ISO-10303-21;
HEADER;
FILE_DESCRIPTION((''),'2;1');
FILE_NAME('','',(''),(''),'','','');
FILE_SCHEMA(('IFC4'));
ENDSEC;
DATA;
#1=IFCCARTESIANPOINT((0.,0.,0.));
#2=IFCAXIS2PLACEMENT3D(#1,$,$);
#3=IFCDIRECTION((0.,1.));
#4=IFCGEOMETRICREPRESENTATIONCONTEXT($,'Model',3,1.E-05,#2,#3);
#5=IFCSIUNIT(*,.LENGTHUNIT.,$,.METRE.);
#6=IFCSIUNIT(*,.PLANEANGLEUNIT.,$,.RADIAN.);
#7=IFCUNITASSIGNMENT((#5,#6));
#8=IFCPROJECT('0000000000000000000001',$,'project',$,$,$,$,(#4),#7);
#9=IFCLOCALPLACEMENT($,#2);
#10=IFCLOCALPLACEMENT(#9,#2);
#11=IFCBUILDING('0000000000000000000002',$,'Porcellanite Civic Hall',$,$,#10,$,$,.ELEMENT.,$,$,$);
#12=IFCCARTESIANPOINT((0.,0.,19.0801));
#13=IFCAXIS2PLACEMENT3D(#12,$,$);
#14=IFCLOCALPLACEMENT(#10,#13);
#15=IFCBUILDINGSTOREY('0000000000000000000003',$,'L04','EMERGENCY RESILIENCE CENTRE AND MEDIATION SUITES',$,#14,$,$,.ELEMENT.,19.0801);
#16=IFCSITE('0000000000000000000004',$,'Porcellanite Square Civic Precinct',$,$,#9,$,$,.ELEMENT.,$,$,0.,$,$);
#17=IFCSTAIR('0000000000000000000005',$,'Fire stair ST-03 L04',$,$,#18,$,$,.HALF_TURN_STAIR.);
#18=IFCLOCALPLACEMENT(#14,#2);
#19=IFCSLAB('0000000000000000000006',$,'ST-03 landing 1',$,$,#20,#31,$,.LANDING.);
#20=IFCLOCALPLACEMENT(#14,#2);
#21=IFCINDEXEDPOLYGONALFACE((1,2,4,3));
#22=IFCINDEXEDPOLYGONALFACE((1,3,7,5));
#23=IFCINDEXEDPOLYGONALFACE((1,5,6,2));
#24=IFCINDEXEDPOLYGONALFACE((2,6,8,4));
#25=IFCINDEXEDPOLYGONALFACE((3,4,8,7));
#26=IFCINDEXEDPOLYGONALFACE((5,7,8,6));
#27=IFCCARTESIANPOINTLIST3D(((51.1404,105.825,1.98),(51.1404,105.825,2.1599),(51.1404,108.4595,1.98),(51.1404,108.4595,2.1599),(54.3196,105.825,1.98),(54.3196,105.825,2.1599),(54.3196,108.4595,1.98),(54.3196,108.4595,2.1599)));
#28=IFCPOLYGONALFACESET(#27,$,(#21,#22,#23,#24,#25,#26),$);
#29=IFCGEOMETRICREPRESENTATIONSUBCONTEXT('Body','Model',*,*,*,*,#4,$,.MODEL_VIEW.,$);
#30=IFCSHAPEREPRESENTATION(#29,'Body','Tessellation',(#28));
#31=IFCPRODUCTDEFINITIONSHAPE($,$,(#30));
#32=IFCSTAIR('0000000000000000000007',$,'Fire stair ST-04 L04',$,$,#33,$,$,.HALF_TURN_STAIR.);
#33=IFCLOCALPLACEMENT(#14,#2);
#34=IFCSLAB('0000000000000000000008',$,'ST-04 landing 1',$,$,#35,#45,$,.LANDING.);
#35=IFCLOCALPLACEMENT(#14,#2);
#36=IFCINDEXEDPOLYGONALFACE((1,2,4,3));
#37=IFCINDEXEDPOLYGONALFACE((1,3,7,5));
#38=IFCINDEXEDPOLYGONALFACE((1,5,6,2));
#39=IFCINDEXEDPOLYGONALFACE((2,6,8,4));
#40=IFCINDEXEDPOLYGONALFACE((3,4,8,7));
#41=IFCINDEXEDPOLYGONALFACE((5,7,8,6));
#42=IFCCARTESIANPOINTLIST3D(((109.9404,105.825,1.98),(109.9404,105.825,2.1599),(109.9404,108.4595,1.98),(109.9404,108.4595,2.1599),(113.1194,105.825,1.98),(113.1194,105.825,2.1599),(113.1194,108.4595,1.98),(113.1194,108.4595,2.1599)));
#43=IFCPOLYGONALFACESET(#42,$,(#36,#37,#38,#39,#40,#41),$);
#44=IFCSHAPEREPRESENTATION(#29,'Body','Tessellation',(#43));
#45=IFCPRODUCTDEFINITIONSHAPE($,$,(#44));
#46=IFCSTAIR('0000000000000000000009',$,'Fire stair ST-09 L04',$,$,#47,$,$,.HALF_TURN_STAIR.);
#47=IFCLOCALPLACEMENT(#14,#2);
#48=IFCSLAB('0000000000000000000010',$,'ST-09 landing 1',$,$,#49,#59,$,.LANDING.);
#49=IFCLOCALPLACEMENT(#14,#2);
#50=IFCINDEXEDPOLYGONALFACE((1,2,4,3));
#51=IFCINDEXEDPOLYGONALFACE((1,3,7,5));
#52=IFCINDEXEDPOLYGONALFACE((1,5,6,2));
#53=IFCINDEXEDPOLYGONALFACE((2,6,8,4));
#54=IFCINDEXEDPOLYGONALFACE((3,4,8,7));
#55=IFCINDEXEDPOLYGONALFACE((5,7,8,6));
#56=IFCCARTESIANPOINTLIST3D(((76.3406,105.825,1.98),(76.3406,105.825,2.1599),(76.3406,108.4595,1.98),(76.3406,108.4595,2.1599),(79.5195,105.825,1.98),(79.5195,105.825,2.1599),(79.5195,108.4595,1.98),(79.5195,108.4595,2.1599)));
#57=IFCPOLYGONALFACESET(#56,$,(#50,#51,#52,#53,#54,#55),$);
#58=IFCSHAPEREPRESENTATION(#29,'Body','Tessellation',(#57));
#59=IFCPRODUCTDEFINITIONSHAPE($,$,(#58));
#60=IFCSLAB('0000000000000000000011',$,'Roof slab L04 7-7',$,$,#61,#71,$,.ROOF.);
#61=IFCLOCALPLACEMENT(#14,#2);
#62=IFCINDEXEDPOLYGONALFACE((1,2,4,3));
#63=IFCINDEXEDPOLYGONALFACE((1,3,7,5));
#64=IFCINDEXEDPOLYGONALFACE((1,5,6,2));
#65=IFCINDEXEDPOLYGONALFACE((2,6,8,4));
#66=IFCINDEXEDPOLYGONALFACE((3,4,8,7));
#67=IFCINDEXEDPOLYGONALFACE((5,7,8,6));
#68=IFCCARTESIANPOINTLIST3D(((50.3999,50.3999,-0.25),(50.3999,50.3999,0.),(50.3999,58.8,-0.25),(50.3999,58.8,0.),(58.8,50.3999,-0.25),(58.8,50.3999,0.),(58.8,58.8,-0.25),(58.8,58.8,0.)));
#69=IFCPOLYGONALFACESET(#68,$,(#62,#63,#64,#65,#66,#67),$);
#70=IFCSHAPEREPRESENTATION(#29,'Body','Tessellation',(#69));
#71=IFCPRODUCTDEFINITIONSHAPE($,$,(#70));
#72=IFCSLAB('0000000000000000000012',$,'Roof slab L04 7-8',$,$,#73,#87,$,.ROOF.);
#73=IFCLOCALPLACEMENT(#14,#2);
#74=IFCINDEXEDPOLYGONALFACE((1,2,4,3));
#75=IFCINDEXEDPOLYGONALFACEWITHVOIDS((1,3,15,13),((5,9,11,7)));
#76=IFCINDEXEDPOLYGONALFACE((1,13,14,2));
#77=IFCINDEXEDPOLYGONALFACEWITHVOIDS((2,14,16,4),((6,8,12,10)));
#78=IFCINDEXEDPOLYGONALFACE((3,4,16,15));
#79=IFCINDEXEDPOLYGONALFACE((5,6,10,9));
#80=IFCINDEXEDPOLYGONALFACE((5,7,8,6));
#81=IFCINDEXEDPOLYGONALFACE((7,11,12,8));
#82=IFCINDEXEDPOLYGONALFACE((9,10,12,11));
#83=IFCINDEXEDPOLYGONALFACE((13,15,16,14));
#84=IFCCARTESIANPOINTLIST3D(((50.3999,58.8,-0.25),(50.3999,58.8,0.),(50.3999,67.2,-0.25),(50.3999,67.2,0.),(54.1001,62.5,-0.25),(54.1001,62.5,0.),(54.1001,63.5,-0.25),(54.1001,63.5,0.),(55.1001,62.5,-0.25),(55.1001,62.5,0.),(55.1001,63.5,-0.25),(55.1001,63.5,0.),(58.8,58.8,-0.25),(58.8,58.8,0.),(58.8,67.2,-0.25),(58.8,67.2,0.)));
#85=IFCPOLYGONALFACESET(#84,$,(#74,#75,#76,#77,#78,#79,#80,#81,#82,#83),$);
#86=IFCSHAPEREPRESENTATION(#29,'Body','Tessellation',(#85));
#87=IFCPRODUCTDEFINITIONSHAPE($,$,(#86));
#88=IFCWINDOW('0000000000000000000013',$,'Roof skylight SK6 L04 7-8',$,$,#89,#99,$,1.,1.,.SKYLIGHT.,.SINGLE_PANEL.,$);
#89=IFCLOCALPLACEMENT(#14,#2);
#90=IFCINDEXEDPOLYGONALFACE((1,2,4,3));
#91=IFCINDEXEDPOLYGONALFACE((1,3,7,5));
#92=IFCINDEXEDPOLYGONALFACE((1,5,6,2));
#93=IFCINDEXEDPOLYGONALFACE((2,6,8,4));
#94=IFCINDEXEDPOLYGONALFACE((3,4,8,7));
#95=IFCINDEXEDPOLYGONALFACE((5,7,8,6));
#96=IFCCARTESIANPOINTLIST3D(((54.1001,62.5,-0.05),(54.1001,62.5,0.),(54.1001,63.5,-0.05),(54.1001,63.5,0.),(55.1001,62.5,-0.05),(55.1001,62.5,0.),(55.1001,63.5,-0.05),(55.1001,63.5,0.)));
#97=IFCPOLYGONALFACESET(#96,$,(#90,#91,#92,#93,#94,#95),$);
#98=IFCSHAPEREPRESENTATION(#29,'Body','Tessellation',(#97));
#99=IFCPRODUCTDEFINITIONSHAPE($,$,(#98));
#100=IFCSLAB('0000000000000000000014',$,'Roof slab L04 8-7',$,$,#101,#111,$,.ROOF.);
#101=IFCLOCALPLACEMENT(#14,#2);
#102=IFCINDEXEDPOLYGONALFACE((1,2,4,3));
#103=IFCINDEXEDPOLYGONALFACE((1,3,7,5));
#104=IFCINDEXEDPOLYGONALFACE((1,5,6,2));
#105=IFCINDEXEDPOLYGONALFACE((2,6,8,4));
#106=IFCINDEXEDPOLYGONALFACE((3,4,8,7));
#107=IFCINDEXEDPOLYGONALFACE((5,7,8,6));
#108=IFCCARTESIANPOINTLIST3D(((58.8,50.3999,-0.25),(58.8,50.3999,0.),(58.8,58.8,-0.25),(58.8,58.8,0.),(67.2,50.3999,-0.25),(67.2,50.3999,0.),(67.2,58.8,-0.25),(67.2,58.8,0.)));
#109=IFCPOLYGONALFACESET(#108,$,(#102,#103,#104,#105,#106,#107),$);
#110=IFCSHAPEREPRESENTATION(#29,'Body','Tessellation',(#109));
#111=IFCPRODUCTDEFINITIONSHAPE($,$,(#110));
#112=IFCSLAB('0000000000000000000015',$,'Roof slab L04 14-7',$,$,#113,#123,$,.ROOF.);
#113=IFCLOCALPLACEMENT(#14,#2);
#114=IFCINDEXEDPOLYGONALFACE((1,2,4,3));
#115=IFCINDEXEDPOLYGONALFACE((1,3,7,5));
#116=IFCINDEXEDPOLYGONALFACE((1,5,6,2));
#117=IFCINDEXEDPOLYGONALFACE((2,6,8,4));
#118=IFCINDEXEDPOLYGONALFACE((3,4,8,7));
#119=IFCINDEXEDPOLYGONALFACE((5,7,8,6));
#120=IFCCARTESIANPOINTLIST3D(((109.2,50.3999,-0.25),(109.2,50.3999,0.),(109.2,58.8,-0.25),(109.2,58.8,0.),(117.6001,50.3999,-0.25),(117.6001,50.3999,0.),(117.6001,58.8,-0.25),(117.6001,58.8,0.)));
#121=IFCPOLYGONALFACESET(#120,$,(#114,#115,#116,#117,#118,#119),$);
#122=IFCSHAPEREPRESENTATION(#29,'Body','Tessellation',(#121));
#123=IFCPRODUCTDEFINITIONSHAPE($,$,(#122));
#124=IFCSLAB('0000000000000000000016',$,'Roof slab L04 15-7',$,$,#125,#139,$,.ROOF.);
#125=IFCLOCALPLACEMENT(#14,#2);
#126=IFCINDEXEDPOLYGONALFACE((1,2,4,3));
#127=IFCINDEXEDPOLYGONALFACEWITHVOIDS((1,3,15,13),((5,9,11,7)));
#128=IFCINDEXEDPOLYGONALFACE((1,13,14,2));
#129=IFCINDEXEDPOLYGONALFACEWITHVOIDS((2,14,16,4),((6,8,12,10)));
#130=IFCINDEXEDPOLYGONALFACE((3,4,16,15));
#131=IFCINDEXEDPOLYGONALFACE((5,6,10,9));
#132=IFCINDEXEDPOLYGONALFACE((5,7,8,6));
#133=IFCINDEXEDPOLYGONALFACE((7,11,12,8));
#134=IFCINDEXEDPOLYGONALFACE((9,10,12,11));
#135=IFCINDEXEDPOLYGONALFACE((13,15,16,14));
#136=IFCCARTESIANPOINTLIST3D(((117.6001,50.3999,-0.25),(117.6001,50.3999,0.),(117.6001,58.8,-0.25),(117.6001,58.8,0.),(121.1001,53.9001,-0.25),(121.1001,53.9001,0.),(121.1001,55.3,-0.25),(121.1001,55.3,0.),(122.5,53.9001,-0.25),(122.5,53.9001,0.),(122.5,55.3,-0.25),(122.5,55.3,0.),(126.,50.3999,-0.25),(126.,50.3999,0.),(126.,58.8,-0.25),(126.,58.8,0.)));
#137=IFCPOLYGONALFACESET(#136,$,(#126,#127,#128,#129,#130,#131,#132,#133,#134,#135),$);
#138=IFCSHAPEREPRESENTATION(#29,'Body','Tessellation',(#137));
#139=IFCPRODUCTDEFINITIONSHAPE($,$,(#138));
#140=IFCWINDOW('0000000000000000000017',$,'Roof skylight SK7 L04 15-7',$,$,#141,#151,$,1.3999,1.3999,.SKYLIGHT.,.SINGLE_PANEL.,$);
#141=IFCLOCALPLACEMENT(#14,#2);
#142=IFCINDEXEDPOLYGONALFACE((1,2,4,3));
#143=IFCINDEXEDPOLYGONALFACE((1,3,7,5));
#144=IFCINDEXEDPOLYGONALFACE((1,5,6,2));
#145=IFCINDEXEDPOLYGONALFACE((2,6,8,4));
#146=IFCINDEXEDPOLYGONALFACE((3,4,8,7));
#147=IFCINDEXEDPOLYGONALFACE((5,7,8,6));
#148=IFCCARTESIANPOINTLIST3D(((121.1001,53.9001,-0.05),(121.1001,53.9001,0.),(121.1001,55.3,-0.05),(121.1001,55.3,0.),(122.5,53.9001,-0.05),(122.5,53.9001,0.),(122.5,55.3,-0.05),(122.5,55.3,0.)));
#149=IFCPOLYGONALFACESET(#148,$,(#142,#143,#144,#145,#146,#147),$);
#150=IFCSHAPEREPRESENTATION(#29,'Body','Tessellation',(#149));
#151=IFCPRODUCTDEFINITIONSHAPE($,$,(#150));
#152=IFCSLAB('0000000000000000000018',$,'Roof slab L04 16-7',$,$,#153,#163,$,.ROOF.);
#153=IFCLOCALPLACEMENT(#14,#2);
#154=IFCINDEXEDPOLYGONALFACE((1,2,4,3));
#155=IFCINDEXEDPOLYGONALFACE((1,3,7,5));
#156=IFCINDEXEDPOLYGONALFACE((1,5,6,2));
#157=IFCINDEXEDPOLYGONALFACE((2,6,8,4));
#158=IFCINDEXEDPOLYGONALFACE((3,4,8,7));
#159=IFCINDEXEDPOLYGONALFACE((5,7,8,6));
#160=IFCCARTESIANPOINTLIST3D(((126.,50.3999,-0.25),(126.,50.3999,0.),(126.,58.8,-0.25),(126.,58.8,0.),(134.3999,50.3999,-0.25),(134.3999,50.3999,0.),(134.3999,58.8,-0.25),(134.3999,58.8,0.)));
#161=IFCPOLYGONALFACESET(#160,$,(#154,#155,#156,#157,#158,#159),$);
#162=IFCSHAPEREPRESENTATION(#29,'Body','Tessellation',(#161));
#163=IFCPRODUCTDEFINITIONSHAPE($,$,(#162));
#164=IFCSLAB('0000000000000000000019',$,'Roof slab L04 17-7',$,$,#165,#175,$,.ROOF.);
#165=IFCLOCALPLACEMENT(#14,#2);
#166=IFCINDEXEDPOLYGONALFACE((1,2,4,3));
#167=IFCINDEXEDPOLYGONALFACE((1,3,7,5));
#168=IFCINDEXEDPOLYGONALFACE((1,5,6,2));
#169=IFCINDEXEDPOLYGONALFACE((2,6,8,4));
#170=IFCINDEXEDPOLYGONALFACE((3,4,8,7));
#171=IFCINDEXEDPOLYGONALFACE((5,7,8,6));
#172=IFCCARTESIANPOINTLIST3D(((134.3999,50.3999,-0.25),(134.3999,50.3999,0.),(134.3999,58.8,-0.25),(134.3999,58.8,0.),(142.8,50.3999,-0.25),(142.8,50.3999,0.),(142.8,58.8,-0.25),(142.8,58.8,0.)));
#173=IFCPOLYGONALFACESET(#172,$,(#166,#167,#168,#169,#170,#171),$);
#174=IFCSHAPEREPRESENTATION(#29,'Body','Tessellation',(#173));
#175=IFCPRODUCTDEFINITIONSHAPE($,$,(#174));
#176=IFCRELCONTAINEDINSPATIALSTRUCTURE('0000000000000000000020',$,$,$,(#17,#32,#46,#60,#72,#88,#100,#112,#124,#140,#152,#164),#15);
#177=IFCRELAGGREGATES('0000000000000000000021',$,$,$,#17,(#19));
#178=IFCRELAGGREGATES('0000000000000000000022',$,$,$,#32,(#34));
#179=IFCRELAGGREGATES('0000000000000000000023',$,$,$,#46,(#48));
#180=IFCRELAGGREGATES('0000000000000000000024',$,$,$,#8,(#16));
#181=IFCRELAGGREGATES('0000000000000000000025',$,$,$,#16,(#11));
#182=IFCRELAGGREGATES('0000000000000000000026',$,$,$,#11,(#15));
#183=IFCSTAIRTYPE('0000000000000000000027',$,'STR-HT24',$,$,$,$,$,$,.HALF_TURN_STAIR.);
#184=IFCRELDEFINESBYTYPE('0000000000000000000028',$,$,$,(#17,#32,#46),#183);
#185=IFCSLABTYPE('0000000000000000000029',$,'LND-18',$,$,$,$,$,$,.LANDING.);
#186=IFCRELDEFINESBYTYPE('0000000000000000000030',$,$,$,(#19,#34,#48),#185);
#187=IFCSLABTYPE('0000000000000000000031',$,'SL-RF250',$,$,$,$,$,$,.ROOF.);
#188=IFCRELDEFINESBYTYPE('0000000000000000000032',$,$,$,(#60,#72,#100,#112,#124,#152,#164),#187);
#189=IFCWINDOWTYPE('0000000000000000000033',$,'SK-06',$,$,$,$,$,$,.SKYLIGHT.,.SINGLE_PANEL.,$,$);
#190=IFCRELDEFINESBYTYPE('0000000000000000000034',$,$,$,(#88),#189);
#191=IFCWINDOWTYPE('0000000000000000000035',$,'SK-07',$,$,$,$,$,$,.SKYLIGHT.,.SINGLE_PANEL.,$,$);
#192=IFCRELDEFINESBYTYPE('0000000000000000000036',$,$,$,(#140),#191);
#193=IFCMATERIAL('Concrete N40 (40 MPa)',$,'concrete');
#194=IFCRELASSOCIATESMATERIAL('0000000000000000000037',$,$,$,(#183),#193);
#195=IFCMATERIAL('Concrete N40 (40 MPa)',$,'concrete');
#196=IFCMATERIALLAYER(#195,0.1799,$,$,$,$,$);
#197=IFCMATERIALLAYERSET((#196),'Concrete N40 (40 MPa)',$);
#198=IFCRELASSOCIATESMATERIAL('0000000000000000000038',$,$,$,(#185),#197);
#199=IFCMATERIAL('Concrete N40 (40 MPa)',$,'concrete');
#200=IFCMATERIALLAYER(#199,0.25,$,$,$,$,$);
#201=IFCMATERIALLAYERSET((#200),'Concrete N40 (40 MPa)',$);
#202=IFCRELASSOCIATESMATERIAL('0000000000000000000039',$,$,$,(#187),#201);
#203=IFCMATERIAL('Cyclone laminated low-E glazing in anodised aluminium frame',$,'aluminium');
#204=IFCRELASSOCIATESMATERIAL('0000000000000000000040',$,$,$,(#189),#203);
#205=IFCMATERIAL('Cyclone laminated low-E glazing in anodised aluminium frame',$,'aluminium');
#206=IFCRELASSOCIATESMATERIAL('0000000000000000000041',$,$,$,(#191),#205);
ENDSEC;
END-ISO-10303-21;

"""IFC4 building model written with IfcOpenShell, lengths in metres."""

from ifc_helpers import new_model, si_unit, direction, frame, origin, origin_2d, place, context, subcontext, project, spatial, polyline, rectangle, outline, extrude, material, layer, layer_set, type_object, element, fill, aggregate, save


model = new_model("IFC4")

# Units and contexts
model_context = context("Model", 3, precision=1e-05, world=origin(), true_north=direction((0.0, 1.0)))
body_context = subcontext(model_context, "Body", "Model", "MODEL_VIEW")
ifc_project = project(units=[si_unit("LENGTHUNIT", "METRE"), si_unit("PLANEANGLEUNIT", "RADIAN")], contexts=[model_context])

# Site, building, storey
site_placement = place(None, origin())
site = spatial("IfcSite", under=ifc_project, at=site_placement, Name="Porcellanite Square Civic Precinct", CompositionType="ELEMENT", RefElevation=0.0)
building_placement = place(site_placement, origin())
building = spatial("IfcBuilding", under=site, at=building_placement, Name="Porcellanite Civic Hall", CompositionType="ELEMENT")
storey_placement = place(building_placement, frame((0.0, 0.0, 19.0801)))
storey = spatial("IfcBuildingStorey", under=building, at=storey_placement, Name="L04", Description="EMERGENCY RESILIENCE CENTRE AND MEDIATION SUITES", CompositionType="ELEMENT", Elevation=19.0801)

# Stairs, slabs
ifc_material_1 = material(Name="Concrete N40 (40 MPa)", Category="concrete")
stair_type = type_object("IfcStairType", Name="STR-HT24", PredefinedType="HALF_TURN_STAIR", material=ifc_material_1)
stair_1_placement = place(storey_placement, origin())
stair_1 = element("IfcStair", 1, at=stair_1_placement, inside=storey, type_object=stair_type, Name="Fire stair ST-03 L04", PredefinedType="HALF_TURN_STAIR")
ifc_material_2 = material(Name="Concrete N40 (40 MPa)", Category="concrete")
ifc_layer_1 = layer(ifc_material_2, 0.1799)
ifc_layer_set_1 = layer_set([ifc_layer_1], Name="Concrete N40 (40 MPa)")
slab_type_1 = type_object("IfcSlabType", Name="LND-18", PredefinedType="LANDING", material=ifc_layer_set_1)
slab_1_placement = place(storey_placement, frame((0.0, 0.0, 1.98)))
slab_1 = element("IfcSlab", 2, at=slab_1_placement, type_object=slab_type_1, Name="ST-03 landing 1", PredefinedType="LANDING", context=body_context, shape_type="SweptSolid", body=[
    extrude(outline(polyline([(51.1404, 105.825), (54.3196, 105.825), (54.3196, 108.4595), (51.1404, 108.4595), (51.1404, 105.825)])), origin(), (0.0, 0.0, 1.0), 0.1799),
])
aggregate(stair_1, [slab_1])
stair_2_placement = place(storey_placement, origin())
stair_2 = element("IfcStair", 3, at=stair_2_placement, inside=storey, type_object=stair_type, Name="Fire stair ST-04 L04", PredefinedType="HALF_TURN_STAIR")
slab_2_placement = place(storey_placement, frame((0.0, 0.0, 1.98)))
slab_2 = element("IfcSlab", 4, at=slab_2_placement, type_object=slab_type_1, Name="ST-04 landing 1", PredefinedType="LANDING", context=body_context, shape_type="SweptSolid", body=[
    extrude(outline(polyline([(109.9404, 105.825), (113.1194, 105.825), (113.1194, 108.4595), (109.9404, 108.4595), (109.9404, 105.825)])), origin(), (0.0, 0.0, 1.0), 0.1799),
])
aggregate(stair_2, [slab_2])
stair_3_placement = place(storey_placement, origin())
stair_3 = element("IfcStair", 5, at=stair_3_placement, inside=storey, type_object=stair_type, Name="Fire stair ST-09 L04", PredefinedType="HALF_TURN_STAIR")
slab_3_placement = place(storey_placement, frame((0.0, 0.0, 1.98)))
slab_3 = element("IfcSlab", 6, at=slab_3_placement, type_object=slab_type_1, Name="ST-09 landing 1", PredefinedType="LANDING", context=body_context, shape_type="SweptSolid", body=[
    extrude(outline(polyline([(76.3406, 105.825), (79.5195, 105.825), (79.5195, 108.4595), (76.3406, 108.4595), (76.3406, 105.825)])), origin(), (0.0, 0.0, 1.0), 0.1799),
])
aggregate(stair_3, [slab_3])

# Slab
ifc_material_3 = material(Name="Concrete N40 (40 MPa)", Category="concrete")
ifc_layer_2 = layer(ifc_material_3, 0.25)
ifc_layer_set_2 = layer_set([ifc_layer_2], Name="Concrete N40 (40 MPa)")
slab_type_2 = type_object("IfcSlabType", Name="SL-RF250", PredefinedType="ROOF", material=ifc_layer_set_2)
slab_4_placement = place(storey_placement, frame((0.0, 0.0, -0.25)))
element("IfcSlab", 7, at=slab_4_placement, inside=storey, type_object=slab_type_2, Name="Roof slab L04 7-7", PredefinedType="ROOF", context=body_context, shape_type="SweptSolid", body=[
    extrude(outline(polyline([(50.3999, 50.3999), (58.8, 50.3999), (58.8, 58.8), (50.3999, 58.8), (50.3999, 50.3999)])), origin(), (0.0, 0.0, 1.0), 0.25),
])

# Slab, opening, window
slab_5_placement = place(storey_placement, frame((0.0, 0.0, -0.25)))
slab_5 = element("IfcSlab", 8, at=slab_5_placement, inside=storey, type_object=slab_type_2, Name="Roof slab L04 7-8", PredefinedType="ROOF", context=body_context, shape_type="SweptSolid", body=[
    extrude(outline(polyline([(50.3999, 58.8), (58.8, 58.8), (58.8, 67.2), (50.3999, 67.2), (50.3999, 58.8)])), origin(), (0.0, 0.0, 1.0), 0.25),
])
opening_1_placement = place(slab_5_placement, frame((54.6001, 63.0, 0.0)))
opening_1 = element("IfcOpeningElement", 9, at=opening_1_placement, cuts=slab_5, PredefinedType="OPENING", context=body_context, shape_type="SweptSolid", body=[
    extrude(rectangle(XDim=1.0, YDim=1.0, at=origin_2d()), origin(), (0.0, 0.0, 1.0), 0.25),
])
ifc_material_4 = material(Name="Cyclone laminated low-E glazing in anodised aluminium frame", Category="aluminium")
window_type_1 = type_object("IfcWindowType", Name="SK-06", PartitioningType="SINGLE_PANEL", PredefinedType="SKYLIGHT", material=ifc_material_4)
window_1_placement = place(opening_1_placement, frame((0.0, 0.0, 0.2)))
window_1 = element("IfcWindow", 10, at=window_1_placement, inside=storey, type_object=window_type_1, Name="Roof skylight SK6 L04 7-8", OverallHeight=1.0, OverallWidth=1.0, PartitioningType="SINGLE_PANEL", PredefinedType="SKYLIGHT", context=body_context, shape_type="SweptSolid", body=[
    extrude(rectangle(XDim=1.0, YDim=1.0, at=origin_2d()), origin(), (0.0, 0.0, 1.0), 0.05),
])
fill(opening_1, window_1)

# Slabs
slab_6_placement = place(storey_placement, frame((0.0, 0.0, -0.25)))
element("IfcSlab", 11, at=slab_6_placement, inside=storey, type_object=slab_type_2, Name="Roof slab L04 8-7", PredefinedType="ROOF", context=body_context, shape_type="SweptSolid", body=[
    extrude(outline(polyline([(58.8, 50.3999), (67.2, 50.3999), (67.2, 58.8), (58.8, 58.8), (58.8, 50.3999)])), origin(), (0.0, 0.0, 1.0), 0.25),
])
slab_7_placement = place(storey_placement, frame((0.0, 0.0, -0.25)))
element("IfcSlab", 12, at=slab_7_placement, inside=storey, type_object=slab_type_2, Name="Roof slab L04 14-7", PredefinedType="ROOF", context=body_context, shape_type="SweptSolid", body=[
    extrude(outline(polyline([(109.2, 50.3999), (117.6001, 50.3999), (117.6001, 58.8), (109.2, 58.8), (109.2, 50.3999)])), origin(), (0.0, 0.0, 1.0), 0.25),
])

# Slab, opening, window
slab_8_placement = place(storey_placement, frame((0.0, 0.0, -0.25)))
slab_8 = element("IfcSlab", 13, at=slab_8_placement, inside=storey, type_object=slab_type_2, Name="Roof slab L04 15-7", PredefinedType="ROOF", context=body_context, shape_type="SweptSolid", body=[
    extrude(outline(polyline([(117.6001, 50.3999), (126.0, 50.3999), (126.0, 58.8), (117.6001, 58.8), (117.6001, 50.3999)])), origin(), (0.0, 0.0, 1.0), 0.25),
])
opening_2_placement = place(slab_8_placement, frame((121.8, 54.6001, 0.0)))
opening_2 = element("IfcOpeningElement", 14, at=opening_2_placement, cuts=slab_8, PredefinedType="OPENING", context=body_context, shape_type="SweptSolid", body=[
    extrude(rectangle(XDim=1.3999, YDim=1.3999, at=origin_2d()), origin(), (0.0, 0.0, 1.0), 0.25),
])
ifc_material_5 = material(Name="Cyclone laminated low-E glazing in anodised aluminium frame", Category="aluminium")
window_type_2 = type_object("IfcWindowType", Name="SK-07", PartitioningType="SINGLE_PANEL", PredefinedType="SKYLIGHT", material=ifc_material_5)
window_2_placement = place(opening_2_placement, frame((0.0, 0.0, 0.2)))
window_2 = element("IfcWindow", 15, at=window_2_placement, inside=storey, type_object=window_type_2, Name="Roof skylight SK7 L04 15-7", OverallHeight=1.3999, OverallWidth=1.3999, PartitioningType="SINGLE_PANEL", PredefinedType="SKYLIGHT", context=body_context, shape_type="SweptSolid", body=[
    extrude(rectangle(XDim=1.3999, YDim=1.3999, at=origin_2d()), origin(), (0.0, 0.0, 1.0), 0.05),
])
fill(opening_2, window_2)

# Slabs
slab_9_placement = place(storey_placement, frame((0.0, 0.0, -0.25)))
element("IfcSlab", 16, at=slab_9_placement, inside=storey, type_object=slab_type_2, Name="Roof slab L04 16-7", PredefinedType="ROOF", context=body_context, shape_type="SweptSolid", body=[
    extrude(outline(polyline([(126.0, 50.3999), (134.3999, 50.3999), (134.3999, 58.8), (126.0, 58.8), (126.0, 50.3999)])), origin(), (0.0, 0.0, 1.0), 0.25),
])
slab_10_placement = place(storey_placement, frame((0.0, 0.0, -0.25)))
element("IfcSlab", 17, at=slab_10_placement, inside=storey, type_object=slab_type_2, Name="Roof slab L04 17-7", PredefinedType="ROOF", context=body_context, shape_type="SweptSolid", body=[
    extrude(outline(polyline([(134.3999, 50.3999), (142.8, 50.3999), (142.8, 58.8), (134.3999, 58.8), (134.3999, 50.3999)])), origin(), (0.0, 0.0, 1.0), 0.25),
])

save(model, "model.ifc")
